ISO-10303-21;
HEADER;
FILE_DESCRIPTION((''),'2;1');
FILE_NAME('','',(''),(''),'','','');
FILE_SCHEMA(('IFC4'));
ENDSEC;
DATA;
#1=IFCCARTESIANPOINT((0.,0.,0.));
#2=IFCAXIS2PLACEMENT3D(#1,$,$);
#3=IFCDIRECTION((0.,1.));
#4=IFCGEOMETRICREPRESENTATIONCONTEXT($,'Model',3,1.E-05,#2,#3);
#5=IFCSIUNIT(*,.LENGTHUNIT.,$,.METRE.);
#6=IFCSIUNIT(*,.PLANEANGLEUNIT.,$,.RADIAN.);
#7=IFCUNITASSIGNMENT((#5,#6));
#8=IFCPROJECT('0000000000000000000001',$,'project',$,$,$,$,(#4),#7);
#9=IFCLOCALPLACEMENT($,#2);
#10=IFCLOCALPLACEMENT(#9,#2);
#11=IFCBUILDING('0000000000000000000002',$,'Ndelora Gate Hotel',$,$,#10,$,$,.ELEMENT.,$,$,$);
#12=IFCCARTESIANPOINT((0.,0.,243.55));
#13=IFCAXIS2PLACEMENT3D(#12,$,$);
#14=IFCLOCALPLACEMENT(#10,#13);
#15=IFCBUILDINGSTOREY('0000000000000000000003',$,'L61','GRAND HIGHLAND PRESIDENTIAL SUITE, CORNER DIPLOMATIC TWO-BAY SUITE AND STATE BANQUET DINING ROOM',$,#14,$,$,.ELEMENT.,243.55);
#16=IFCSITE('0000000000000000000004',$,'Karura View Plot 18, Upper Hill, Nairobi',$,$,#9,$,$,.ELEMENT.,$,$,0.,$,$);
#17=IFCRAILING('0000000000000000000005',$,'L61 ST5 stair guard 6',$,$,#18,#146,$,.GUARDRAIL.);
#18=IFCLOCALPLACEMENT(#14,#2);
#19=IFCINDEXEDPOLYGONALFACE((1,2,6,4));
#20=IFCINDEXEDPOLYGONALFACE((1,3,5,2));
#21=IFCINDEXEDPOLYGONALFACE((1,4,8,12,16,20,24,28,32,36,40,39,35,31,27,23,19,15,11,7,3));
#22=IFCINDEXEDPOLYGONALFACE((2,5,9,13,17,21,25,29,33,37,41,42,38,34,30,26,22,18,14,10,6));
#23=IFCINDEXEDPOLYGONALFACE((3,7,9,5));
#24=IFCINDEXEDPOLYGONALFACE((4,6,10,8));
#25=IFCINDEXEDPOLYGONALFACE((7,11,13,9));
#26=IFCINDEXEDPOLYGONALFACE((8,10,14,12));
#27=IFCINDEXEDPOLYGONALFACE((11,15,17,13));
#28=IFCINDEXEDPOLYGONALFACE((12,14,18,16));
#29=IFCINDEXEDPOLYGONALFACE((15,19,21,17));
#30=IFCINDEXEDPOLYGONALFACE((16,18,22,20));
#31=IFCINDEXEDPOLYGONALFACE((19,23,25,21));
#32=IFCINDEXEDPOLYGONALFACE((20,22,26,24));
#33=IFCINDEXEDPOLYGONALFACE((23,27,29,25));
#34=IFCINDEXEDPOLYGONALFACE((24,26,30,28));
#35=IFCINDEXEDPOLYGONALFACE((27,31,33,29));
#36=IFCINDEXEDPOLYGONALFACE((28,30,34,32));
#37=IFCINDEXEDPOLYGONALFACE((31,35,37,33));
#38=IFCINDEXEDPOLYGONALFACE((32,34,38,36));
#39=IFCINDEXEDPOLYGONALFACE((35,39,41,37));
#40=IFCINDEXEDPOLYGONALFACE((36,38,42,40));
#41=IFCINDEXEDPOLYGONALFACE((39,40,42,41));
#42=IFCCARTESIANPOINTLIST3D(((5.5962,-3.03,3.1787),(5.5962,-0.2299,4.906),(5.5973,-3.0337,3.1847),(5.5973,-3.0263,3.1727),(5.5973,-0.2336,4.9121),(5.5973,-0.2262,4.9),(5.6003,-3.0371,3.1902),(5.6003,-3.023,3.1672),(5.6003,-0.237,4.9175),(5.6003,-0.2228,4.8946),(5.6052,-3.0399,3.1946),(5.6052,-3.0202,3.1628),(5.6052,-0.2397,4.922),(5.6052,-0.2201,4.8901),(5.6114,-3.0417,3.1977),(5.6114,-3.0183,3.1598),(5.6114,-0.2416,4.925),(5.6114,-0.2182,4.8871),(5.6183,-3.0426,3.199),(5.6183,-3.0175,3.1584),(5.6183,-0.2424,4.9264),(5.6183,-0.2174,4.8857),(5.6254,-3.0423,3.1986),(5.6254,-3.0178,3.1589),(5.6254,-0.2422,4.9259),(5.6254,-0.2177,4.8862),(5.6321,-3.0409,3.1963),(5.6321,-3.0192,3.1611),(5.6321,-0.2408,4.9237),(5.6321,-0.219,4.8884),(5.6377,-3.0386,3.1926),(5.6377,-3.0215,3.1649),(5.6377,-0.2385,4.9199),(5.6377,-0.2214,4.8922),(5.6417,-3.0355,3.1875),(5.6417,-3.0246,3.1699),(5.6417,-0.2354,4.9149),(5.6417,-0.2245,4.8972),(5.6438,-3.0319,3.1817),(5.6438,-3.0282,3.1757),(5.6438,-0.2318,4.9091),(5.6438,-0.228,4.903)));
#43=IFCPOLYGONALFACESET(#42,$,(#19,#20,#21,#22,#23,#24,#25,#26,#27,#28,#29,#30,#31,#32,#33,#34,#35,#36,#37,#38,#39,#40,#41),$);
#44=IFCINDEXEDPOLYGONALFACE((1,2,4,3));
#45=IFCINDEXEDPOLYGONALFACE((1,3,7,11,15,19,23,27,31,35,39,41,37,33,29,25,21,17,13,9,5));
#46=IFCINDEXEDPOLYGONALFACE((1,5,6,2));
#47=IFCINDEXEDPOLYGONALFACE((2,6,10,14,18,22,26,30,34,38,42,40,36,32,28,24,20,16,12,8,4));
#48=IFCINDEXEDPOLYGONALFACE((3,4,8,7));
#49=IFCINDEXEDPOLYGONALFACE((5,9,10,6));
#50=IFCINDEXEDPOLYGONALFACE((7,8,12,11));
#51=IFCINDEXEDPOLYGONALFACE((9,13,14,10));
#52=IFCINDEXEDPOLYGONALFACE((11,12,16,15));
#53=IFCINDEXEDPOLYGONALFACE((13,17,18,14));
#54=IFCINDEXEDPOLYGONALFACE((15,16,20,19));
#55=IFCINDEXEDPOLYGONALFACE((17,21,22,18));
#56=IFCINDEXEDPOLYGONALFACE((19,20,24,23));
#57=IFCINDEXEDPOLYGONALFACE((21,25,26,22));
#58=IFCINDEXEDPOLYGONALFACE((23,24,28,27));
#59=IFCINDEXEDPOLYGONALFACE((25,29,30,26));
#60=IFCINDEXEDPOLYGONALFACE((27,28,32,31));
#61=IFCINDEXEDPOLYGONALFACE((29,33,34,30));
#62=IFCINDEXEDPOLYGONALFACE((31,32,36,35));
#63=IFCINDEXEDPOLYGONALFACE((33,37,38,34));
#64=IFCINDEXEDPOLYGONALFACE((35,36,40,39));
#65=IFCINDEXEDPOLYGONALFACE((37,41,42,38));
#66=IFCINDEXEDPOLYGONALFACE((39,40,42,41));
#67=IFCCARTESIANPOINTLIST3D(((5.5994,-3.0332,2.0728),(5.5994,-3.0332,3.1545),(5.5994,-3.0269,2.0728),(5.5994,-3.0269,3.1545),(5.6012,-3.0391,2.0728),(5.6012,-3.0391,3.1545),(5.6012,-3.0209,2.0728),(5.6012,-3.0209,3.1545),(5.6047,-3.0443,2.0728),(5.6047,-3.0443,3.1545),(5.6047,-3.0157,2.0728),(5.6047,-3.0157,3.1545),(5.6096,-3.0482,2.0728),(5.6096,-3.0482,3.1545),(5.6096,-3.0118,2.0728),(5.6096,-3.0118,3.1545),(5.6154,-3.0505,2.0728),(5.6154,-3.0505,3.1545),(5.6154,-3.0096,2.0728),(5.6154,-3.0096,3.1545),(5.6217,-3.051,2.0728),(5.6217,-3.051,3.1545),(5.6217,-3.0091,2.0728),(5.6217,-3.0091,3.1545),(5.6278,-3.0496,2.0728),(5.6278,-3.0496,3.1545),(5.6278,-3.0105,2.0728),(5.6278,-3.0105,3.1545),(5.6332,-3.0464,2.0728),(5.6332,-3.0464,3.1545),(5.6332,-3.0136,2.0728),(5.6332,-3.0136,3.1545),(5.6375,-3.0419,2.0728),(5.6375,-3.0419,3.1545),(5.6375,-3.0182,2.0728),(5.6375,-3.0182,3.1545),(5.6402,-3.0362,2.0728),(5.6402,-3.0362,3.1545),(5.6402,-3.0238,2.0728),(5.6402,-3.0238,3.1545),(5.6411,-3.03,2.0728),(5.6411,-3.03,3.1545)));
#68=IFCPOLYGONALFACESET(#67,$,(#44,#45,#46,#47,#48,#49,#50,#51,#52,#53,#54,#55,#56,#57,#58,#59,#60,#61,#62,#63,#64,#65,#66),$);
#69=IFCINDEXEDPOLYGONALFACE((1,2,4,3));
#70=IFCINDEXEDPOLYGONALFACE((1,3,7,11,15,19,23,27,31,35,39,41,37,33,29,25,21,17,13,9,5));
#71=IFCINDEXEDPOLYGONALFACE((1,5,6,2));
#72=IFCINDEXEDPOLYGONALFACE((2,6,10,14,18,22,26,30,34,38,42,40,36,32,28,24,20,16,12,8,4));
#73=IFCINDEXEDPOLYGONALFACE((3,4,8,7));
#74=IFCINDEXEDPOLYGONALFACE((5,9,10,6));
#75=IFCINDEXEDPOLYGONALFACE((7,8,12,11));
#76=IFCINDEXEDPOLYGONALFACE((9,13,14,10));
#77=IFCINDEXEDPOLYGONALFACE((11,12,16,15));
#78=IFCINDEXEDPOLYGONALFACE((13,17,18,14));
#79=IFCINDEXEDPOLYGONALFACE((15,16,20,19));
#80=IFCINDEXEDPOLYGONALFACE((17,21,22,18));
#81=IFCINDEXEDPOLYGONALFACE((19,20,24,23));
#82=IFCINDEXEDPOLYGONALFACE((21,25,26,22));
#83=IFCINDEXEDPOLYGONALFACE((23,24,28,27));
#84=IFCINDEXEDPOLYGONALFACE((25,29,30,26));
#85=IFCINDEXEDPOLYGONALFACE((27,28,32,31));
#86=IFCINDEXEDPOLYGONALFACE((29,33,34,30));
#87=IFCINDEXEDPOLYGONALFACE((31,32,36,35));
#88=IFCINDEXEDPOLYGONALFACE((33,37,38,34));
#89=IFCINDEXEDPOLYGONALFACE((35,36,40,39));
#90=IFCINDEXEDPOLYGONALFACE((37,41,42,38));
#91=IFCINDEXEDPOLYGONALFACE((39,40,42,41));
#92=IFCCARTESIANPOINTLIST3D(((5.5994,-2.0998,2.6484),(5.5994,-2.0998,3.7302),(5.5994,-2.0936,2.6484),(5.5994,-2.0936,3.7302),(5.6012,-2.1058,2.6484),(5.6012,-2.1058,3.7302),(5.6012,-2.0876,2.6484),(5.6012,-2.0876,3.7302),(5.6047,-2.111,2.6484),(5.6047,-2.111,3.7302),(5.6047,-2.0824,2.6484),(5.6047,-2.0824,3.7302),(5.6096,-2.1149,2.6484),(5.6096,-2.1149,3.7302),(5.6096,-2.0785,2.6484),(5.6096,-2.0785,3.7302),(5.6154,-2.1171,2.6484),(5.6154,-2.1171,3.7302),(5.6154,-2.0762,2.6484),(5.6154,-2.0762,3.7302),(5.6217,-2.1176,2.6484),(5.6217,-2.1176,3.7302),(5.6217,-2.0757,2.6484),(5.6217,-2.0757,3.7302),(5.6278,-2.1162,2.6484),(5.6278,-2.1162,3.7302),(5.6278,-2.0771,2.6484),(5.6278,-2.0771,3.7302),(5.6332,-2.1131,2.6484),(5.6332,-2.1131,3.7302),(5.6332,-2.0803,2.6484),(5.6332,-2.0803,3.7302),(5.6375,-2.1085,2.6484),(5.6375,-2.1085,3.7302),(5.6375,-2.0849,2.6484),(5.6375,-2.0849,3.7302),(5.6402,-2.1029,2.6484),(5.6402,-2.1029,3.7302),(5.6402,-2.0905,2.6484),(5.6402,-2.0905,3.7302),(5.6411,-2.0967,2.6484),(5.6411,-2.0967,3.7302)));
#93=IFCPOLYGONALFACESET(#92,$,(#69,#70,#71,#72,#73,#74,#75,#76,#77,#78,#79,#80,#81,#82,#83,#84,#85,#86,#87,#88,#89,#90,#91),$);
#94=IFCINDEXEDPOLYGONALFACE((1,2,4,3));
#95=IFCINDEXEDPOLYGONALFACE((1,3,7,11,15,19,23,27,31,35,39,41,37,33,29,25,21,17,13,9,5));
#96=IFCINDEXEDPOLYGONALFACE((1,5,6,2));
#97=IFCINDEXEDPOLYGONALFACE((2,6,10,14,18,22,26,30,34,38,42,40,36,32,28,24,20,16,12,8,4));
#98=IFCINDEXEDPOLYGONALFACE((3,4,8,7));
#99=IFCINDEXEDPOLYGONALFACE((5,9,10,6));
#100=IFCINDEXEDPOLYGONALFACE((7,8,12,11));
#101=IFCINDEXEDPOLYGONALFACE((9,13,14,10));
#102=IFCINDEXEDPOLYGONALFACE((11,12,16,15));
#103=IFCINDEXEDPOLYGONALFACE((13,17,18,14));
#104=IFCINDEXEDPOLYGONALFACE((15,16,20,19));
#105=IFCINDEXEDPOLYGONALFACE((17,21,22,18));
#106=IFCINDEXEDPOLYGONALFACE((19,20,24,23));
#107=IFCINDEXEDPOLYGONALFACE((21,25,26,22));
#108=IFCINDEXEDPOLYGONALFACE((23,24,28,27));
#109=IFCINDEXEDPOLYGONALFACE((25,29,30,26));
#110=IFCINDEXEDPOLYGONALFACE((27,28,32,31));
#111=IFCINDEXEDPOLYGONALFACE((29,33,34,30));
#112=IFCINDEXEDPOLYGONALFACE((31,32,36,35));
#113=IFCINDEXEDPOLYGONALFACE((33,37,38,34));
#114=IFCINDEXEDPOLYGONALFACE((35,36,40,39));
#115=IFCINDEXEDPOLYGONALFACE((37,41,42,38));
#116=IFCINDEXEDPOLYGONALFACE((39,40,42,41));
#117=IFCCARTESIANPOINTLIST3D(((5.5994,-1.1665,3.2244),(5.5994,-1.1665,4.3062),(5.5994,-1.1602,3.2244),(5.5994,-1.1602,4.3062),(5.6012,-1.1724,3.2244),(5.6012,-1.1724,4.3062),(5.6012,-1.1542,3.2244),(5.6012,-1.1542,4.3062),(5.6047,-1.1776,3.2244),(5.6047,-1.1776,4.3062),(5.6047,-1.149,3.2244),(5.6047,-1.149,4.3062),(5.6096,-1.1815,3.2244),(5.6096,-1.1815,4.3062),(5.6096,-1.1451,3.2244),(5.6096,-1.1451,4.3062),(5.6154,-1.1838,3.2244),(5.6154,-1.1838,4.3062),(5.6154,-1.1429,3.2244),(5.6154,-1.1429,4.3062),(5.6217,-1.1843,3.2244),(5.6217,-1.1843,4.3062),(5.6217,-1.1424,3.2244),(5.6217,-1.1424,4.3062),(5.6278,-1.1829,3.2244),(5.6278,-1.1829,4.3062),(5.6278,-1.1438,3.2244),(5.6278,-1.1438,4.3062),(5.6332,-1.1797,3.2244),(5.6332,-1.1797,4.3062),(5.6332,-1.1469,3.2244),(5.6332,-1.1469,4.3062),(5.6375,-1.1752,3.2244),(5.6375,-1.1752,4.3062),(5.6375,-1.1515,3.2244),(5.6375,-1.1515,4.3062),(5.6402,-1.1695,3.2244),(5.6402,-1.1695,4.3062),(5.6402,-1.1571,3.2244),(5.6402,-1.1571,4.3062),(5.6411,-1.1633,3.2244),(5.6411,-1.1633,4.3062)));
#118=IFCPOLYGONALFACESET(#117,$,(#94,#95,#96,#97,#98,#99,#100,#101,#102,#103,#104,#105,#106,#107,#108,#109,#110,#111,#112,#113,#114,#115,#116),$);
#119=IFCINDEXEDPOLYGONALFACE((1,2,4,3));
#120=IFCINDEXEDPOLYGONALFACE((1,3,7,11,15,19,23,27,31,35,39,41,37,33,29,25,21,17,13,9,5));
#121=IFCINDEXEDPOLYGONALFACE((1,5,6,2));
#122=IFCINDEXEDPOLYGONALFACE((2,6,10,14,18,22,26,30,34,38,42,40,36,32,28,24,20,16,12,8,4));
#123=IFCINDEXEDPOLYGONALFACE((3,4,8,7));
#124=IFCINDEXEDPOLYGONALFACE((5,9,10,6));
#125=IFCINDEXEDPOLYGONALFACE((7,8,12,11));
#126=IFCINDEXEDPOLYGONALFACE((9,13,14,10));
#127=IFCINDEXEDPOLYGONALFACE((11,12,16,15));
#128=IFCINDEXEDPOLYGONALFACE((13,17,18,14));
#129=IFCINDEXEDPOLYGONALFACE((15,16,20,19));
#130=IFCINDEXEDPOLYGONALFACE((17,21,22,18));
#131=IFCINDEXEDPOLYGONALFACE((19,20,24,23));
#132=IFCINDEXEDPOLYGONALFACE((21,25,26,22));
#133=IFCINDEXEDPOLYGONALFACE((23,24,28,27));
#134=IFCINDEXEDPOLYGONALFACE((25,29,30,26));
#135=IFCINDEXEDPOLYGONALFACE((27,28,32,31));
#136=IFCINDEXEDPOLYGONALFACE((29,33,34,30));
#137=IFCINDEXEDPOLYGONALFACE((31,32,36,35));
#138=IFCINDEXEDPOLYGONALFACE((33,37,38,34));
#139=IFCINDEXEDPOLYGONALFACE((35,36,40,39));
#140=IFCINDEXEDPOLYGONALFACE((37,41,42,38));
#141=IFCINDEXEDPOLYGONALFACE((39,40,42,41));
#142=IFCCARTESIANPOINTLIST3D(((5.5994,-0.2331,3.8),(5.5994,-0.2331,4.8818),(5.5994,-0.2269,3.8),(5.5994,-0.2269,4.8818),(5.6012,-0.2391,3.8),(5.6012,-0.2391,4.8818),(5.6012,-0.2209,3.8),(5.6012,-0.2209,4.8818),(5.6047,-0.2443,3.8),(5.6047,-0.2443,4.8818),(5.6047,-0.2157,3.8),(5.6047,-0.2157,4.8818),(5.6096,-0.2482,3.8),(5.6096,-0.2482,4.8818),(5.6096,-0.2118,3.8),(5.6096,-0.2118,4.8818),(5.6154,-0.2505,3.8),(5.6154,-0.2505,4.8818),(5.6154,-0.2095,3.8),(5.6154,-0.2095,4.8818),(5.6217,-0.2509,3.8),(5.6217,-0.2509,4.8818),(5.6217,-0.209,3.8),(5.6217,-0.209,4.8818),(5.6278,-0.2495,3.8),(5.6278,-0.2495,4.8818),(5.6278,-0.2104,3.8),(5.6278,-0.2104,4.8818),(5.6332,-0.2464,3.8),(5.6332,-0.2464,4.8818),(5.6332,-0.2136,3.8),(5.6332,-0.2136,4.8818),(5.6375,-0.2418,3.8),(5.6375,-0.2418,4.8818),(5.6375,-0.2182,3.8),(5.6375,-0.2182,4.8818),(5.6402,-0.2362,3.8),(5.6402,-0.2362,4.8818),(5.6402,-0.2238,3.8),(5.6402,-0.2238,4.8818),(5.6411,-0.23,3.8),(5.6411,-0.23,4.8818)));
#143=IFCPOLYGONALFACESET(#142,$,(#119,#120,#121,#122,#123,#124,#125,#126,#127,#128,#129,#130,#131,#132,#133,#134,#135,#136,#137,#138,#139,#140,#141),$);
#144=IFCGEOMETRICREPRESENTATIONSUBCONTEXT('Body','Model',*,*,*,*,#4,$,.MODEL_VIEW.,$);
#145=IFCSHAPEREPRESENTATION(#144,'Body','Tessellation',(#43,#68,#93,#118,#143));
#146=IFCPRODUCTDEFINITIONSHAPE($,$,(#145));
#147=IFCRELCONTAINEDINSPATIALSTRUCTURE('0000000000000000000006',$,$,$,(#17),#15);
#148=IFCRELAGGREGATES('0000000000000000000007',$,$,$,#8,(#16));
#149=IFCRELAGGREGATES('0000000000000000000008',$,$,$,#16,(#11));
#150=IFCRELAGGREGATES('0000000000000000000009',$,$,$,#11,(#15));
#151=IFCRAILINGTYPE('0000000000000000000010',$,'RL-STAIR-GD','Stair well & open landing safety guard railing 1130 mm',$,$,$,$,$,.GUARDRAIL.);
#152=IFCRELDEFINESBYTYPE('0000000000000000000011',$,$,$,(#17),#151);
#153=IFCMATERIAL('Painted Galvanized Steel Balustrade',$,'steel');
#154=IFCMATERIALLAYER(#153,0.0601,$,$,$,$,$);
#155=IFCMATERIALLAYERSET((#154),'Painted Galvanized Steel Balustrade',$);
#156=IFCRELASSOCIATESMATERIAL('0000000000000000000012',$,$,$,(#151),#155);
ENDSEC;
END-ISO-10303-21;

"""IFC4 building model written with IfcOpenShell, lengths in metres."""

from ifc_helpers import new_model, si_unit, direction, frame, origin, origin_2d, place, context, subcontext, project, spatial, circle, extrude, material, layer, layer_set, type_object, element, save


model = new_model("IFC4")

# Units and contexts
model_context = context("Model", 3, precision=1e-05, world=origin(), true_north=direction((0.0, 1.0)))
body_context = subcontext(model_context, "Body", "Model", "MODEL_VIEW")
ifc_project = project(units=[si_unit("LENGTHUNIT", "METRE"), si_unit("PLANEANGLEUNIT", "RADIAN")], contexts=[model_context])

# Site, building, storey
site_placement = place(None, origin())
site = spatial("IfcSite", under=ifc_project, at=site_placement, Name="Karura View Plot 18, Upper Hill, Nairobi", CompositionType="ELEMENT", RefElevation=0.0)
building_placement = place(site_placement, origin())
building = spatial("IfcBuilding", under=site, at=building_placement, Name="Ndelora Gate Hotel", CompositionType="ELEMENT")
storey_placement = place(building_placement, frame((0.0, 0.0, 243.55)))
storey = spatial("IfcBuildingStorey", under=building, at=storey_placement, Name="L61", Description="GRAND HIGHLAND PRESIDENTIAL SUITE, CORNER DIPLOMATIC TWO-BAY SUITE AND STATE BANQUET DINING ROOM", CompositionType="ELEMENT", Elevation=243.55)

# Railing
ifc_material_1 = material(Name="Painted Galvanized Steel Balustrade", Category="steel")
ifc_layer_1 = layer(ifc_material_1, 0.0601)
ifc_layer_set_1 = layer_set([ifc_layer_1], Name="Painted Galvanized Steel Balustrade")
railing_type_1 = type_object("IfcRailingType", Name="RL-STAIR-GD", Description="Stair well & open landing safety guard railing 1130 mm", PredefinedType="GUARDRAIL", material=ifc_layer_set_1)
railing_1_placement = place(storey_placement, frame((5.6201, -3.03, 2.0728)))
element("IfcRailing", 1, at=railing_1_placement, inside=storey, type_object=railing_type_1, Name="L61 ST5 stair guard 6", PredefinedType="GUARDRAIL", context=body_context, shape_type="SweptSolid", body=[
    extrude(circle(Radius=0.0239, at=origin_2d()), frame((0.0, 0.0, 1.106), z_axis=(0.0, 0.85109, 0.52502), x_axis=(-1.0, 0.0, 0.0)), (0.0, 0.0, 1.0), 3.29),
    extrude(circle(Radius=0.021, at=origin_2d()), origin(), (0.0, 0.0, 1.0), 1.0818),
    extrude(circle(Radius=0.021, at=origin_2d()), frame((0.0, 0.9333, 0.5757)), (0.0, 0.0, 1.0), 1.0818),
    extrude(circle(Radius=0.021, at=origin_2d()), frame((0.0, 1.8667, 1.1516)), (0.0, 0.0, 1.0), 1.0818),
    extrude(circle(Radius=0.021, at=origin_2d()), frame((0.0, 2.8, 1.7273)), (0.0, 0.0, 1.0), 1.0818),
])

save(model, "model.ifc")
